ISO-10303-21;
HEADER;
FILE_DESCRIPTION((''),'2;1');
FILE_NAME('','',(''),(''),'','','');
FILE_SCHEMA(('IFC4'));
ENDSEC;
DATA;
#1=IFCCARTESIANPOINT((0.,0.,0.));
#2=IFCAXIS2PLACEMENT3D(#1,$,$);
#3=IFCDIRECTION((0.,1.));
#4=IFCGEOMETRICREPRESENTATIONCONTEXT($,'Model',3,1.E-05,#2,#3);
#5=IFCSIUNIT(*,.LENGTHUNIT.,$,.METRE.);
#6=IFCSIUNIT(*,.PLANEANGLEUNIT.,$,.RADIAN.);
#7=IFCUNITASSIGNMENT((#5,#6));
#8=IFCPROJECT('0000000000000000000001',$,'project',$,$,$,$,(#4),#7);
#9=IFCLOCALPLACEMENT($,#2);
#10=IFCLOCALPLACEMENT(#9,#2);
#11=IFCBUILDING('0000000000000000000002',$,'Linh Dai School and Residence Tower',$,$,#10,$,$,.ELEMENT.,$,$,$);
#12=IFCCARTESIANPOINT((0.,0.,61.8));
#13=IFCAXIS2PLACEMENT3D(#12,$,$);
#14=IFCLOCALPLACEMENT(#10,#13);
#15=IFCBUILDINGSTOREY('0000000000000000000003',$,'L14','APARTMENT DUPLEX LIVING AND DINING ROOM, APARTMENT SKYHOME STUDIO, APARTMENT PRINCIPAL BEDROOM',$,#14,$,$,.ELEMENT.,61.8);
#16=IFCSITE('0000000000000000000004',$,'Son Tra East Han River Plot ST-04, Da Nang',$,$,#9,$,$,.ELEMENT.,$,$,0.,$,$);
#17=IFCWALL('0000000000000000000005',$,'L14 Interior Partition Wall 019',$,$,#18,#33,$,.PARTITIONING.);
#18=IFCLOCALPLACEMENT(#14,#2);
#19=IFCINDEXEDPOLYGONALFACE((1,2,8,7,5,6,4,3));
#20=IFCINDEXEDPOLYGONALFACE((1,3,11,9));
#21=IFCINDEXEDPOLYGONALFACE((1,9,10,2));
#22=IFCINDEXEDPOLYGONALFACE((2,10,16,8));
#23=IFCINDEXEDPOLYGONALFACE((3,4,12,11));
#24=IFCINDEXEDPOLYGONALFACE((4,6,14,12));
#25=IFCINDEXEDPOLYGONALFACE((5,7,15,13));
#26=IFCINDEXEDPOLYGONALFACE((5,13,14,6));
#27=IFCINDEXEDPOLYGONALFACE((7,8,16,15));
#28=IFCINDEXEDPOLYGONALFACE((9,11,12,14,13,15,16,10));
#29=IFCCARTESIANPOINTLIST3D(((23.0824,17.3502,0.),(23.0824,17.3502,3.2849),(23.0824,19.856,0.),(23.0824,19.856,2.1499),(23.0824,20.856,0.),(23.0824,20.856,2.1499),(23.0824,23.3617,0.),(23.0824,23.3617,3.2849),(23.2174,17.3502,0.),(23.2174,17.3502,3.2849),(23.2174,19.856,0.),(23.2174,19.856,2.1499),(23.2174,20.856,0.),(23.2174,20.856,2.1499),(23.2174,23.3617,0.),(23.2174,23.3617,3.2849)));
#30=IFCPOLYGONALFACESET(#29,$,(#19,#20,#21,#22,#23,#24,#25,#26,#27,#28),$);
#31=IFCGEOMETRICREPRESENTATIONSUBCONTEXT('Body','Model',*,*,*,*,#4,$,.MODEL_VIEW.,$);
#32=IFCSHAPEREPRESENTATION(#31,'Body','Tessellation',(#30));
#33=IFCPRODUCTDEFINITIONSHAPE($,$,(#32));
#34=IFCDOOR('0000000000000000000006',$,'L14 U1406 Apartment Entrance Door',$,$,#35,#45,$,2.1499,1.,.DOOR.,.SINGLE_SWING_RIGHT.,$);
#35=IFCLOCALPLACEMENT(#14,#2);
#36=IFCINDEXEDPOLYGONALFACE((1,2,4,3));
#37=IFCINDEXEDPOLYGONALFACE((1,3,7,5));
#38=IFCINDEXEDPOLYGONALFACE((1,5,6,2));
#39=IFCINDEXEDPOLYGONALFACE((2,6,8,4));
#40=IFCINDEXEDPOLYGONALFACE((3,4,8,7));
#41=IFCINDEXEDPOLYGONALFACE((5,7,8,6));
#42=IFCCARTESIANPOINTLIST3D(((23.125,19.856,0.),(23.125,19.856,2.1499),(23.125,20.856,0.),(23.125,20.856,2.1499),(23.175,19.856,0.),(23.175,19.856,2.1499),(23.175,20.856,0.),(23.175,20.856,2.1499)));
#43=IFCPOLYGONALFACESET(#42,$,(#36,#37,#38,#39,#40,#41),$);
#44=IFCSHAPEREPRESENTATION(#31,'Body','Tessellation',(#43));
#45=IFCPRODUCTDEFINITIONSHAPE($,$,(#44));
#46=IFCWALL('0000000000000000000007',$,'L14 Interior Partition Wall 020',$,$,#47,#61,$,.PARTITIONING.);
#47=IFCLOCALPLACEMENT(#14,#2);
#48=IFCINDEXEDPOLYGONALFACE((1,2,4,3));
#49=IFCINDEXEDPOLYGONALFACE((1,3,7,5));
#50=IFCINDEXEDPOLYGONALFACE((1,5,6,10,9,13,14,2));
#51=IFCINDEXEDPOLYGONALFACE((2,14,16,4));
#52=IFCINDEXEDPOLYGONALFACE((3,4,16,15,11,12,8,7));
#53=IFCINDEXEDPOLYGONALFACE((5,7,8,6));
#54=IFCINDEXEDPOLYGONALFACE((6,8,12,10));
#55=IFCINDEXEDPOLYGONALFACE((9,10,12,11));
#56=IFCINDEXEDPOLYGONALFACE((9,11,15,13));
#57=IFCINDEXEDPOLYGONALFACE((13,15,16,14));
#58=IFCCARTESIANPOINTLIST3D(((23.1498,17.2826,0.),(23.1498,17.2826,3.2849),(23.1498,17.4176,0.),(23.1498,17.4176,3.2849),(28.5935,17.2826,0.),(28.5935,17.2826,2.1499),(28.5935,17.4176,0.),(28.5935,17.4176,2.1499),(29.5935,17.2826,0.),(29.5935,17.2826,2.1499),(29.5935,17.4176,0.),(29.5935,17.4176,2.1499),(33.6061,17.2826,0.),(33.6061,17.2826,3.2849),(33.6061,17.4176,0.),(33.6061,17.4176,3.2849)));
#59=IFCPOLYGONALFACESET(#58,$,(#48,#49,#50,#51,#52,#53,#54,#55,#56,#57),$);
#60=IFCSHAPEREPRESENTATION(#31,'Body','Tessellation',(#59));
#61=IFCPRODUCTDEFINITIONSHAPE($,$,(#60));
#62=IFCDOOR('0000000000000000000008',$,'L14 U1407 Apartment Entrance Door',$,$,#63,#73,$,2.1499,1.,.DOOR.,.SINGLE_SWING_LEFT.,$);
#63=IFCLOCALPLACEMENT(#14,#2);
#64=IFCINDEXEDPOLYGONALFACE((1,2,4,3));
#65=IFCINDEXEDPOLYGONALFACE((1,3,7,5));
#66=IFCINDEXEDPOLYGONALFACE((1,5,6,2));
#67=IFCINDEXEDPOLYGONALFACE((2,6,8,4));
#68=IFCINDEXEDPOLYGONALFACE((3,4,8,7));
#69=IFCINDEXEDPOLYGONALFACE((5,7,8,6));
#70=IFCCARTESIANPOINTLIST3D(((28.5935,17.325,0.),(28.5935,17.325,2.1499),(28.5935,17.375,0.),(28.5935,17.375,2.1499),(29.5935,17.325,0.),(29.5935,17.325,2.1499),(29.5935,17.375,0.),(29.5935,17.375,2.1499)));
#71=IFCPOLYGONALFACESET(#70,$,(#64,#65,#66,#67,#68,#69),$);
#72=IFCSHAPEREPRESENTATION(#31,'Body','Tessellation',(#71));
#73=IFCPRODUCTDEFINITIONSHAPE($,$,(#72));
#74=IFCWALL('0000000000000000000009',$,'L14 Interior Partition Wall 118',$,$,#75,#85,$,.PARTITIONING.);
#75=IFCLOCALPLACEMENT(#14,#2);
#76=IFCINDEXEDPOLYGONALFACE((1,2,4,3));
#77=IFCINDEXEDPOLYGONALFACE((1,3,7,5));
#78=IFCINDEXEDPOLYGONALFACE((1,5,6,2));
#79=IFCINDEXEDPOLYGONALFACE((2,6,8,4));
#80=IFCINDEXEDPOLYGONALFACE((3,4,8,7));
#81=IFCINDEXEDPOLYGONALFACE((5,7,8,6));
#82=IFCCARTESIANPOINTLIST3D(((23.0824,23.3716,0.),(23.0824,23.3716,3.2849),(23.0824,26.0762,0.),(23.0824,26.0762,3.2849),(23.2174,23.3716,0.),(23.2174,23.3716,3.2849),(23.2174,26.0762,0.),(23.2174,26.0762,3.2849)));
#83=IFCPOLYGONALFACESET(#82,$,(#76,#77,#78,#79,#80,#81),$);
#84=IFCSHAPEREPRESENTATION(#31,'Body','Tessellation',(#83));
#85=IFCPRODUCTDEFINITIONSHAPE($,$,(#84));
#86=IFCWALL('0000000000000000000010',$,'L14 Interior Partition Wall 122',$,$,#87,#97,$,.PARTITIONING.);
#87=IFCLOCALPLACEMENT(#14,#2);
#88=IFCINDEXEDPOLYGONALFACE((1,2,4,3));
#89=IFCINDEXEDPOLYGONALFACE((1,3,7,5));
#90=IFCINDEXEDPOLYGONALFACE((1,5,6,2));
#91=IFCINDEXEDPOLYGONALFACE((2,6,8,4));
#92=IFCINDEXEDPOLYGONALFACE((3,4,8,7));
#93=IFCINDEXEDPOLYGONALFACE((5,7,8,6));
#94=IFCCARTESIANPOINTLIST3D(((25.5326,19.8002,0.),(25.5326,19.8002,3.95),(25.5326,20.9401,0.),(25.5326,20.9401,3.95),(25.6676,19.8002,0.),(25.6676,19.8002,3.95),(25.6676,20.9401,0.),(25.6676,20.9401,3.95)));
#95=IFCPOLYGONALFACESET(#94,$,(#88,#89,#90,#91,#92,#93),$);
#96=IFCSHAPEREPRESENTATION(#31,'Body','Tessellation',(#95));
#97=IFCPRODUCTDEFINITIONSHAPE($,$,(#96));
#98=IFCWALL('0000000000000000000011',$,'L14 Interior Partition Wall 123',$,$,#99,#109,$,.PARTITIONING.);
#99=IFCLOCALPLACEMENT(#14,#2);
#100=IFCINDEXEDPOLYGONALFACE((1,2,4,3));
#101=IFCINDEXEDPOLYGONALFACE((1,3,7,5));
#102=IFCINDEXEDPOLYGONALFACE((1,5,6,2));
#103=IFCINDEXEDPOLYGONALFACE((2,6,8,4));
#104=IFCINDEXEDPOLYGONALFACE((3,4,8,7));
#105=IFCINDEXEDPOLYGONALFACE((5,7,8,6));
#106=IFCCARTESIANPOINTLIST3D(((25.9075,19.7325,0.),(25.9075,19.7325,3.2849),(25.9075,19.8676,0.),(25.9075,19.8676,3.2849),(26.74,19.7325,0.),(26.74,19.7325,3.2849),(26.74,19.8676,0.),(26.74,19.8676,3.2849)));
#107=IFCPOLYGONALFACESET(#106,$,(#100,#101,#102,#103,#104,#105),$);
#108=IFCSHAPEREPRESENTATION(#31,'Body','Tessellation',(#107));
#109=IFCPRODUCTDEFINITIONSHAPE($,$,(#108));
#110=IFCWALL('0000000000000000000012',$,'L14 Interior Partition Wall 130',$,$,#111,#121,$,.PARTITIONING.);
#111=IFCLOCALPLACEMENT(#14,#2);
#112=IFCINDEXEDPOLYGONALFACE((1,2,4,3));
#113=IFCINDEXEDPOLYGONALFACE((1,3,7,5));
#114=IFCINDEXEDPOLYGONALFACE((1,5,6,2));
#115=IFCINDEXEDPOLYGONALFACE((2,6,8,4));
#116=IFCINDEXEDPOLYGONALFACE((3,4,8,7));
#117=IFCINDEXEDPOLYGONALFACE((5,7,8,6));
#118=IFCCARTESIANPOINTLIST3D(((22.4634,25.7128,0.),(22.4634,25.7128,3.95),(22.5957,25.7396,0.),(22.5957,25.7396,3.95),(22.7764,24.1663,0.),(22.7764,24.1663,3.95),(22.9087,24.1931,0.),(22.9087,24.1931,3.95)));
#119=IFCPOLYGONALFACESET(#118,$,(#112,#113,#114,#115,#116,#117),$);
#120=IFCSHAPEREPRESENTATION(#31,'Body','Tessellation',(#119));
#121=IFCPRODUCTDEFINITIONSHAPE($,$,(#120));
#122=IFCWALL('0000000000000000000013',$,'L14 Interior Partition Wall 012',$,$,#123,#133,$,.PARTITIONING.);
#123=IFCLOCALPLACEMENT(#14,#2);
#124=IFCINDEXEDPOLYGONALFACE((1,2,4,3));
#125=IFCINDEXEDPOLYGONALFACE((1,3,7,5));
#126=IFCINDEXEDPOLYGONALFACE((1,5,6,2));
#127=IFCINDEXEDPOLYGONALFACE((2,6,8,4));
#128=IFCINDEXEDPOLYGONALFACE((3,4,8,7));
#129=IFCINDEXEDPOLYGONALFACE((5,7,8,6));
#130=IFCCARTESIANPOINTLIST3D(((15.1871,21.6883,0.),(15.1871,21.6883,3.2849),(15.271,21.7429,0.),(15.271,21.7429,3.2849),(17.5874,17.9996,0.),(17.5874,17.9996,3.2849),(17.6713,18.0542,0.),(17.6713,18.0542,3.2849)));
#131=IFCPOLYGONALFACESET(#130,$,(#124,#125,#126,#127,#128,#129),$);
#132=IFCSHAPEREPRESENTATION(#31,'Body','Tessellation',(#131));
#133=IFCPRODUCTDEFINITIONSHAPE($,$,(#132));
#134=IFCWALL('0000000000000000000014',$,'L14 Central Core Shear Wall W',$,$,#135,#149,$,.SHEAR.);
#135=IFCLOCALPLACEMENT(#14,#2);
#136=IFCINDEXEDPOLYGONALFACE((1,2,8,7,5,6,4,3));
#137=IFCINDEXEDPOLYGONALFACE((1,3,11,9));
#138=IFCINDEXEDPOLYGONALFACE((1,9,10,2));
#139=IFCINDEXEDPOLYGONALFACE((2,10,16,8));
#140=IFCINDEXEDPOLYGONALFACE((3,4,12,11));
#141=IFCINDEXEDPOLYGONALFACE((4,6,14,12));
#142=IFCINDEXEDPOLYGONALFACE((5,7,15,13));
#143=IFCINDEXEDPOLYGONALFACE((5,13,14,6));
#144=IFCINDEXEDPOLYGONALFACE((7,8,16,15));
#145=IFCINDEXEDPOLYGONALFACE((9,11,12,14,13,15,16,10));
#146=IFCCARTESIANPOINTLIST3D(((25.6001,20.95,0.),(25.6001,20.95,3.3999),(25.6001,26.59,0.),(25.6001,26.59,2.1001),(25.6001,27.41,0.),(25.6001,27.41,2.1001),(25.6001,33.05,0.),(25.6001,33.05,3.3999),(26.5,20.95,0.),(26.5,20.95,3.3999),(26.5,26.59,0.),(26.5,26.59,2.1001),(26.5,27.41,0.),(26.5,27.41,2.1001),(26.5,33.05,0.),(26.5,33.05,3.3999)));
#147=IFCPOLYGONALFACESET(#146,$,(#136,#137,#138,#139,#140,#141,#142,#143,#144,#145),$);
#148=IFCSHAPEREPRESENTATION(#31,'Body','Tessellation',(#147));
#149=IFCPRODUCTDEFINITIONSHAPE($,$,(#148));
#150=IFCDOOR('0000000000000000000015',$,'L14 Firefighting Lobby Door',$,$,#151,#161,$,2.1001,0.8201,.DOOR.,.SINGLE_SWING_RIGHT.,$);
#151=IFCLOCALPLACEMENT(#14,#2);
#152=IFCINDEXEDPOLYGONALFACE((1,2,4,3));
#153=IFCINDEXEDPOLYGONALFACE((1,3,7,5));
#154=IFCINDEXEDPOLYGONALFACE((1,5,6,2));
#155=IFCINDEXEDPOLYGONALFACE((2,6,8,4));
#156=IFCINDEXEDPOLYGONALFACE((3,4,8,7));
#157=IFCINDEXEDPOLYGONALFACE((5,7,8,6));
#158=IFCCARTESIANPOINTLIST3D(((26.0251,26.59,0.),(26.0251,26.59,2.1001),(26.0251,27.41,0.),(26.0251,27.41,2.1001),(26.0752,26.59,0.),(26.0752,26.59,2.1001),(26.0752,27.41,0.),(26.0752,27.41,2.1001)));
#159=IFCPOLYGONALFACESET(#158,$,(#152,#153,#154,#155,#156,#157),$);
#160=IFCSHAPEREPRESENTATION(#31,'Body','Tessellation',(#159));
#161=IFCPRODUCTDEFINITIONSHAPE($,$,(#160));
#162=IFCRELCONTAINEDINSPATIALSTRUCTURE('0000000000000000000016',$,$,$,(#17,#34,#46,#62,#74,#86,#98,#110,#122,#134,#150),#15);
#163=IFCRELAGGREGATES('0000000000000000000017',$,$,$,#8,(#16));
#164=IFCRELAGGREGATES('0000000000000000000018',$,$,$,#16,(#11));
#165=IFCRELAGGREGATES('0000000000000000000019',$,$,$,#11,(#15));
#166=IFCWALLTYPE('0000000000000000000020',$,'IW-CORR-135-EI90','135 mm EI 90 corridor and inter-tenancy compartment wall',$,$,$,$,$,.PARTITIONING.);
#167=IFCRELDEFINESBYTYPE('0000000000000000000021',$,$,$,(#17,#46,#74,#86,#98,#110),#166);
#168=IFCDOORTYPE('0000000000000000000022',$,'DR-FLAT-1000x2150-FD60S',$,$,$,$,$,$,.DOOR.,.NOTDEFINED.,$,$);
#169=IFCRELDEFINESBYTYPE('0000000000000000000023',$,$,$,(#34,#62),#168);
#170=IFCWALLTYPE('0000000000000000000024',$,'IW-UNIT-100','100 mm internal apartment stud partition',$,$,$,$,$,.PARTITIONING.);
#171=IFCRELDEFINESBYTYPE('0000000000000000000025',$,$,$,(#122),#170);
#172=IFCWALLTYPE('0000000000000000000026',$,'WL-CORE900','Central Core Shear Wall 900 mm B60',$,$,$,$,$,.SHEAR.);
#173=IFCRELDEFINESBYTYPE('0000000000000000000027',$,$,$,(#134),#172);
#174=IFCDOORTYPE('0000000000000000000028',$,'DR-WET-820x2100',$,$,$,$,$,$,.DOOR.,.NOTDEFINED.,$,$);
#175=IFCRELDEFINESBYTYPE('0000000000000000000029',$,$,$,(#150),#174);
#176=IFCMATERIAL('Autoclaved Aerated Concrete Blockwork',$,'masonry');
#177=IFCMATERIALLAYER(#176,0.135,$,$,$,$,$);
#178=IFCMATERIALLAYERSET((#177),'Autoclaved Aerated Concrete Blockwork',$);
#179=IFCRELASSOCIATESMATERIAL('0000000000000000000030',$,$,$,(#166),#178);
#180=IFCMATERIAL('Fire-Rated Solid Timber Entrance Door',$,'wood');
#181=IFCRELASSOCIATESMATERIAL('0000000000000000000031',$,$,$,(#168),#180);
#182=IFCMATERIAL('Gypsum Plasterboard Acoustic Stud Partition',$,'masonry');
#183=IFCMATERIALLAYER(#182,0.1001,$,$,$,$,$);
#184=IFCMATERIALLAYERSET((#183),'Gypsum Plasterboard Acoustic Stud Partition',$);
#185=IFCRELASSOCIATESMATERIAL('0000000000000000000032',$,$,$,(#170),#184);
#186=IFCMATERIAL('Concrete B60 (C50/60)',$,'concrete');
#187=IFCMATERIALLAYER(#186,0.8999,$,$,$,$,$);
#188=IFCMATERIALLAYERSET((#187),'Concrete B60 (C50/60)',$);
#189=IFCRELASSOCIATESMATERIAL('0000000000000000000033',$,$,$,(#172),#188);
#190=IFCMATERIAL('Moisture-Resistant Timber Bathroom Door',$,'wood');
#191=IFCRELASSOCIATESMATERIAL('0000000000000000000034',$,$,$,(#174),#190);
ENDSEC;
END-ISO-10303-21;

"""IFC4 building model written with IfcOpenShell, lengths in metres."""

from ifc_helpers import new_model, si_unit, direction, frame, frame_2d, origin, origin_2d, place, context, subcontext, project, spatial, rectangle, extrude, source, transform, mapped, material, layer, layer_set, type_object, element, fill, save


model = new_model("IFC4")

# Units and contexts
model_context = context("Model", 3, precision=1e-05, world=origin(), true_north=direction((0.0, 1.0)))
body_context = subcontext(model_context, "Body", "Model", "MODEL_VIEW")
ifc_project = project(units=[si_unit("LENGTHUNIT", "METRE"), si_unit("PLANEANGLEUNIT", "RADIAN")], contexts=[model_context])

# Site, building, storey
site_placement = place(None, origin())
site = spatial("IfcSite", under=ifc_project, at=site_placement, Name="Son Tra East Han River Plot ST-04, Da Nang", CompositionType="ELEMENT", RefElevation=0.0)
building_placement = place(site_placement, origin())
building = spatial("IfcBuilding", under=site, at=building_placement, Name="Linh Dai School and Residence Tower", CompositionType="ELEMENT")
storey_placement = place(building_placement, frame((0.0, 0.0, 61.8)))
storey = spatial("IfcBuildingStorey", under=building, at=storey_placement, Name="L14", Description="APARTMENT DUPLEX LIVING AND DINING ROOM, APARTMENT SKYHOME STUDIO, APARTMENT PRINCIPAL BEDROOM", CompositionType="ELEMENT", Elevation=61.8)

# Shared definitions
ifc_material_1 = material(Name="Concrete B60 (C50/60)", Category="concrete")

# Shared definitions
ifc_material_2 = material(Name="Autoclaved Aerated Concrete Blockwork", Category="masonry")
ifc_layer_1 = layer(ifc_material_2, 0.135)
ifc_layer_set_1 = layer_set([ifc_layer_1], Name="Autoclaved Aerated Concrete Blockwork")
wall_type_1 = type_object("IfcWallType", Name="IW-CORR-135-EI90", Description="135 mm EI 90 corridor and inter-tenancy compartment wall", PredefinedType="PARTITIONING", material=ifc_layer_set_1)

# Walls, openings, doors
wall_1_placement = place(storey_placement, frame((23.1499, 17.3501, 0.0), z_axis=(0.0, 0.0, 1.0), x_axis=(0.0, 1.0, 0.0)))
wall_1 = element("IfcWall", 1, at=wall_1_placement, inside=storey, type_object=wall_type_1, Name="L14 Interior Partition Wall 019", PredefinedType="PARTITIONING", context=body_context, shape_type="SweptSolid", body=[
    extrude(rectangle(XDim=6.0115, YDim=0.135, at=frame_2d((3.0059, 0.0))), origin(), (0.0, 0.0, 1.0), 3.2849),
])
opening_1_placement = place(wall_1_placement, frame((2.5059, 0.0, 0.0)))
opening_1 = element("IfcOpeningElement", 2, at=opening_1_placement, cuts=wall_1, PredefinedType="OPENING", context=body_context, shape_type="SweptSolid", body=[
    extrude(rectangle(XDim=1.0, YDim=2.1499, at=origin_2d()), frame((0.5, 0.0776, 1.075), z_axis=(0.0, -1.0, 0.0), x_axis=(1.0, 0.0, 0.0)), (0.0, 0.0, 1.0), 0.155),
])
ifc_material_3 = material(Name="Fire-Rated Solid Timber Entrance Door", Category="wood")
door_type_1 = type_object("IfcDoorType", Name="DR-FLAT-1000x2150-FD60S", OperationType="NOTDEFINED", PredefinedType="DOOR", material=ifc_material_3)
shared_shape_1 = source(origin(), body_context, "Body", "SweptSolid", [
    extrude(rectangle(XDim=1.0, YDim=2.1499, at=origin_2d()), frame((0.5, 0.0249, 1.075), z_axis=(0.0, -1.0, 0.0), x_axis=(1.0, 0.0, 0.0)), (0.0, 0.0, 1.0), 0.05),
])
door_1_placement = place(opening_1_placement, origin())
door_1 = element("IfcDoor", 3, at=door_1_placement, inside=storey, type_object=door_type_1, Name="L14 U1406 Apartment Entrance Door", OperationType="SINGLE_SWING_RIGHT", OverallHeight=2.1499, OverallWidth=1.0, PredefinedType="DOOR", context=body_context, shape_type="MappedRepresentation", body=[
    mapped(shared_shape_1, transform((0.0, 0.0, 0.0), x_axis=(1.0, 0.0, 0.0), y_axis=(0.0, 1.0, 0.0), z_axis=(0.0, 0.0, 1.0), scale=1.0)),
])
fill(opening_1, door_1)
wall_2_placement = place(storey_placement, frame((23.1499, 17.3501, 0.0), z_axis=(0.0, 0.0, 1.0), x_axis=(1.0, 0.0, 0.0)))
wall_2 = element("IfcWall", 4, at=wall_2_placement, inside=storey, type_object=wall_type_1, Name="L14 Interior Partition Wall 020", PredefinedType="PARTITIONING", context=body_context, shape_type="SweptSolid", body=[
    extrude(rectangle(XDim=10.4563, YDim=0.135, at=frame_2d((5.228, 0.0))), origin(), (0.0, 0.0, 1.0), 3.2849),
])
opening_2_placement = place(wall_2_placement, frame((5.4436, 0.0, 0.0)))
opening_2 = element("IfcOpeningElement", 5, at=opening_2_placement, cuts=wall_2, PredefinedType="OPENING", context=body_context, shape_type="SweptSolid", body=[
    extrude(rectangle(XDim=1.0, YDim=2.1499, at=origin_2d()), frame((0.5, 0.0776, 1.075), z_axis=(0.0, -1.0, 0.0), x_axis=(1.0, 0.0, 0.0)), (0.0, 0.0, 1.0), 0.155),
])
door_2_placement = place(opening_2_placement, origin())
door_2 = element("IfcDoor", 6, at=door_2_placement, inside=storey, type_object=door_type_1, Name="L14 U1407 Apartment Entrance Door", OperationType="SINGLE_SWING_LEFT", OverallHeight=2.1499, OverallWidth=1.0, PredefinedType="DOOR", context=body_context, shape_type="MappedRepresentation", body=[
    mapped(shared_shape_1, transform((0.0, 0.0, 0.0), x_axis=(1.0, 0.0, 0.0), y_axis=(0.0, 1.0, 0.0), z_axis=(0.0, 0.0, 1.0), scale=1.0)),
])
fill(opening_2, door_2)

# Walls
wall_3_placement = place(storey_placement, frame((23.1499, 23.3716, 0.0), z_axis=(0.0, 0.0, 1.0), x_axis=(0.0, 1.0, 0.0)))
element("IfcWall", 7, at=wall_3_placement, inside=storey, type_object=wall_type_1, Name="L14 Interior Partition Wall 118", PredefinedType="PARTITIONING", context=body_context, shape_type="SweptSolid", body=[
    extrude(rectangle(XDim=2.7046, YDim=0.135, at=frame_2d((1.3523, 0.0))), origin(), (0.0, 0.0, 1.0), 3.2849),
])
wall_4_placement = place(storey_placement, frame((25.6001, 20.9399, 0.0), z_axis=(0.0, 0.0, 1.0), x_axis=(0.0, -1.0, 0.0)))
element("IfcWall", 8, at=wall_4_placement, inside=storey, type_object=wall_type_1, Name="L14 Interior Partition Wall 122", PredefinedType="PARTITIONING", context=body_context, shape_type="SweptSolid", body=[
    extrude(rectangle(XDim=1.1399, YDim=0.135, at=frame_2d((0.5698, 0.0))), origin(), (0.0, 0.0, 1.0), 3.95),
])
wall_5_placement = place(storey_placement, frame((25.9075, 19.8, 0.0), z_axis=(0.0, 0.0, 1.0), x_axis=(1.0, 0.0, 0.0)))
element("IfcWall", 9, at=wall_5_placement, inside=storey, type_object=wall_type_1, Name="L14 Interior Partition Wall 123", PredefinedType="PARTITIONING", context=body_context, shape_type="SweptSolid", body=[
    extrude(rectangle(XDim=0.8325, YDim=0.135, at=frame_2d((0.4163, 0.0))), origin(), (0.0, 0.0, 1.0), 3.2849),
])
wall_6_placement = place(storey_placement, frame((22.5295, 25.7263, 0.0), z_axis=(0.0, 0.0, 1.0), x_axis=(0.198347, -0.980132, 0.0)))
element("IfcWall", 10, at=wall_6_placement, inside=storey, type_object=wall_type_1, Name="L14 Interior Partition Wall 130", PredefinedType="PARTITIONING", context=body_context, shape_type="SweptSolid", body=[
    extrude(rectangle(XDim=1.5779, YDim=0.135, at=frame_2d((0.7891, 0.0))), origin(), (0.0, 0.0, 1.0), 3.95),
])
ifc_material_4 = material(Name="Gypsum Plasterboard Acoustic Stud Partition", Category="masonry")
ifc_layer_2 = layer(ifc_material_4, 0.1001)
ifc_layer_set_2 = layer_set([ifc_layer_2], Name="Gypsum Plasterboard Acoustic Stud Partition")
wall_type_2 = type_object("IfcWallType", Name="IW-UNIT-100", Description="100 mm internal apartment stud partition", PredefinedType="PARTITIONING", material=ifc_layer_set_2)
wall_7_placement = place(storey_placement, frame((15.229, 21.7156, 0.0), z_axis=(0.0, 0.0, 1.0), x_axis=(0.545423, -0.838161, 0.0)))
element("IfcWall", 11, at=wall_7_placement, inside=storey, type_object=wall_type_2, Name="L14 Interior Partition Wall 012", PredefinedType="PARTITIONING", context=body_context, shape_type="SweptSolid", body=[
    extrude(rectangle(XDim=4.4009, YDim=0.1001, at=frame_2d((2.2004, 0.0))), origin(), (0.0, 0.0, 1.0), 3.2849),
])

# Wall, opening, door
ifc_layer_3 = layer(ifc_material_1, 0.8999)
ifc_layer_set_3 = layer_set([ifc_layer_3], Name="Concrete B60 (C50/60)")
wall_type_3 = type_object("IfcWallType", Name="WL-CORE900", Description="Central Core Shear Wall 900 mm B60", PredefinedType="SHEAR", material=ifc_layer_set_3)
wall_8_placement = place(storey_placement, frame((26.05, 20.95, 0.0), z_axis=(0.0, 0.0, 1.0), x_axis=(0.0, 1.0, 0.0)))
wall_8 = element("IfcWall", 12, at=wall_8_placement, inside=storey, type_object=wall_type_3, Name="L14 Central Core Shear Wall W", PredefinedType="SHEAR", context=body_context, shape_type="SweptSolid", body=[
    extrude(rectangle(XDim=12.1001, YDim=0.8999, at=frame_2d((6.05, 0.0))), origin(), (0.0, 0.0, 1.0), 3.3999),
])
opening_3_placement = place(wall_8_placement, frame((5.6399, 0.0, 0.0)))
opening_3 = element("IfcOpeningElement", 13, at=opening_3_placement, cuts=wall_8, PredefinedType="OPENING", context=body_context, shape_type="SweptSolid", body=[
    extrude(rectangle(XDim=0.8201, YDim=2.1001, at=origin_2d()), frame((0.4102, 0.46, 1.05), z_axis=(0.0, -1.0, 0.0), x_axis=(1.0, 0.0, 0.0)), (0.0, 0.0, 1.0), 0.9199),
])
ifc_material_5 = material(Name="Moisture-Resistant Timber Bathroom Door", Category="wood")
door_type_2 = type_object("IfcDoorType", Name="DR-WET-820x2100", OperationType="NOTDEFINED", PredefinedType="DOOR", material=ifc_material_5)
shared_shape_2 = source(origin(), body_context, "Body", "SweptSolid", [
    extrude(rectangle(XDim=0.8201, YDim=2.1001, at=origin_2d()), frame((0.4102, 0.0249, 1.05), z_axis=(0.0, -1.0, 0.0), x_axis=(1.0, 0.0, 0.0)), (0.0, 0.0, 1.0), 0.05),
])
door_3_placement = place(opening_3_placement, origin())
door_3 = element("IfcDoor", 14, at=door_3_placement, inside=storey, type_object=door_type_2, Name="L14 Firefighting Lobby Door", OperationType="SINGLE_SWING_RIGHT", OverallHeight=2.1001, OverallWidth=0.8201, PredefinedType="DOOR", context=body_context, shape_type="MappedRepresentation", body=[
    mapped(shared_shape_2, transform((0.0, 0.0, 0.0), x_axis=(1.0, 0.0, 0.0), y_axis=(0.0, 1.0, 0.0), z_axis=(0.0, 0.0, 1.0), scale=1.0)),
])
fill(opening_3, door_3)

save(model, "model.ifc")
